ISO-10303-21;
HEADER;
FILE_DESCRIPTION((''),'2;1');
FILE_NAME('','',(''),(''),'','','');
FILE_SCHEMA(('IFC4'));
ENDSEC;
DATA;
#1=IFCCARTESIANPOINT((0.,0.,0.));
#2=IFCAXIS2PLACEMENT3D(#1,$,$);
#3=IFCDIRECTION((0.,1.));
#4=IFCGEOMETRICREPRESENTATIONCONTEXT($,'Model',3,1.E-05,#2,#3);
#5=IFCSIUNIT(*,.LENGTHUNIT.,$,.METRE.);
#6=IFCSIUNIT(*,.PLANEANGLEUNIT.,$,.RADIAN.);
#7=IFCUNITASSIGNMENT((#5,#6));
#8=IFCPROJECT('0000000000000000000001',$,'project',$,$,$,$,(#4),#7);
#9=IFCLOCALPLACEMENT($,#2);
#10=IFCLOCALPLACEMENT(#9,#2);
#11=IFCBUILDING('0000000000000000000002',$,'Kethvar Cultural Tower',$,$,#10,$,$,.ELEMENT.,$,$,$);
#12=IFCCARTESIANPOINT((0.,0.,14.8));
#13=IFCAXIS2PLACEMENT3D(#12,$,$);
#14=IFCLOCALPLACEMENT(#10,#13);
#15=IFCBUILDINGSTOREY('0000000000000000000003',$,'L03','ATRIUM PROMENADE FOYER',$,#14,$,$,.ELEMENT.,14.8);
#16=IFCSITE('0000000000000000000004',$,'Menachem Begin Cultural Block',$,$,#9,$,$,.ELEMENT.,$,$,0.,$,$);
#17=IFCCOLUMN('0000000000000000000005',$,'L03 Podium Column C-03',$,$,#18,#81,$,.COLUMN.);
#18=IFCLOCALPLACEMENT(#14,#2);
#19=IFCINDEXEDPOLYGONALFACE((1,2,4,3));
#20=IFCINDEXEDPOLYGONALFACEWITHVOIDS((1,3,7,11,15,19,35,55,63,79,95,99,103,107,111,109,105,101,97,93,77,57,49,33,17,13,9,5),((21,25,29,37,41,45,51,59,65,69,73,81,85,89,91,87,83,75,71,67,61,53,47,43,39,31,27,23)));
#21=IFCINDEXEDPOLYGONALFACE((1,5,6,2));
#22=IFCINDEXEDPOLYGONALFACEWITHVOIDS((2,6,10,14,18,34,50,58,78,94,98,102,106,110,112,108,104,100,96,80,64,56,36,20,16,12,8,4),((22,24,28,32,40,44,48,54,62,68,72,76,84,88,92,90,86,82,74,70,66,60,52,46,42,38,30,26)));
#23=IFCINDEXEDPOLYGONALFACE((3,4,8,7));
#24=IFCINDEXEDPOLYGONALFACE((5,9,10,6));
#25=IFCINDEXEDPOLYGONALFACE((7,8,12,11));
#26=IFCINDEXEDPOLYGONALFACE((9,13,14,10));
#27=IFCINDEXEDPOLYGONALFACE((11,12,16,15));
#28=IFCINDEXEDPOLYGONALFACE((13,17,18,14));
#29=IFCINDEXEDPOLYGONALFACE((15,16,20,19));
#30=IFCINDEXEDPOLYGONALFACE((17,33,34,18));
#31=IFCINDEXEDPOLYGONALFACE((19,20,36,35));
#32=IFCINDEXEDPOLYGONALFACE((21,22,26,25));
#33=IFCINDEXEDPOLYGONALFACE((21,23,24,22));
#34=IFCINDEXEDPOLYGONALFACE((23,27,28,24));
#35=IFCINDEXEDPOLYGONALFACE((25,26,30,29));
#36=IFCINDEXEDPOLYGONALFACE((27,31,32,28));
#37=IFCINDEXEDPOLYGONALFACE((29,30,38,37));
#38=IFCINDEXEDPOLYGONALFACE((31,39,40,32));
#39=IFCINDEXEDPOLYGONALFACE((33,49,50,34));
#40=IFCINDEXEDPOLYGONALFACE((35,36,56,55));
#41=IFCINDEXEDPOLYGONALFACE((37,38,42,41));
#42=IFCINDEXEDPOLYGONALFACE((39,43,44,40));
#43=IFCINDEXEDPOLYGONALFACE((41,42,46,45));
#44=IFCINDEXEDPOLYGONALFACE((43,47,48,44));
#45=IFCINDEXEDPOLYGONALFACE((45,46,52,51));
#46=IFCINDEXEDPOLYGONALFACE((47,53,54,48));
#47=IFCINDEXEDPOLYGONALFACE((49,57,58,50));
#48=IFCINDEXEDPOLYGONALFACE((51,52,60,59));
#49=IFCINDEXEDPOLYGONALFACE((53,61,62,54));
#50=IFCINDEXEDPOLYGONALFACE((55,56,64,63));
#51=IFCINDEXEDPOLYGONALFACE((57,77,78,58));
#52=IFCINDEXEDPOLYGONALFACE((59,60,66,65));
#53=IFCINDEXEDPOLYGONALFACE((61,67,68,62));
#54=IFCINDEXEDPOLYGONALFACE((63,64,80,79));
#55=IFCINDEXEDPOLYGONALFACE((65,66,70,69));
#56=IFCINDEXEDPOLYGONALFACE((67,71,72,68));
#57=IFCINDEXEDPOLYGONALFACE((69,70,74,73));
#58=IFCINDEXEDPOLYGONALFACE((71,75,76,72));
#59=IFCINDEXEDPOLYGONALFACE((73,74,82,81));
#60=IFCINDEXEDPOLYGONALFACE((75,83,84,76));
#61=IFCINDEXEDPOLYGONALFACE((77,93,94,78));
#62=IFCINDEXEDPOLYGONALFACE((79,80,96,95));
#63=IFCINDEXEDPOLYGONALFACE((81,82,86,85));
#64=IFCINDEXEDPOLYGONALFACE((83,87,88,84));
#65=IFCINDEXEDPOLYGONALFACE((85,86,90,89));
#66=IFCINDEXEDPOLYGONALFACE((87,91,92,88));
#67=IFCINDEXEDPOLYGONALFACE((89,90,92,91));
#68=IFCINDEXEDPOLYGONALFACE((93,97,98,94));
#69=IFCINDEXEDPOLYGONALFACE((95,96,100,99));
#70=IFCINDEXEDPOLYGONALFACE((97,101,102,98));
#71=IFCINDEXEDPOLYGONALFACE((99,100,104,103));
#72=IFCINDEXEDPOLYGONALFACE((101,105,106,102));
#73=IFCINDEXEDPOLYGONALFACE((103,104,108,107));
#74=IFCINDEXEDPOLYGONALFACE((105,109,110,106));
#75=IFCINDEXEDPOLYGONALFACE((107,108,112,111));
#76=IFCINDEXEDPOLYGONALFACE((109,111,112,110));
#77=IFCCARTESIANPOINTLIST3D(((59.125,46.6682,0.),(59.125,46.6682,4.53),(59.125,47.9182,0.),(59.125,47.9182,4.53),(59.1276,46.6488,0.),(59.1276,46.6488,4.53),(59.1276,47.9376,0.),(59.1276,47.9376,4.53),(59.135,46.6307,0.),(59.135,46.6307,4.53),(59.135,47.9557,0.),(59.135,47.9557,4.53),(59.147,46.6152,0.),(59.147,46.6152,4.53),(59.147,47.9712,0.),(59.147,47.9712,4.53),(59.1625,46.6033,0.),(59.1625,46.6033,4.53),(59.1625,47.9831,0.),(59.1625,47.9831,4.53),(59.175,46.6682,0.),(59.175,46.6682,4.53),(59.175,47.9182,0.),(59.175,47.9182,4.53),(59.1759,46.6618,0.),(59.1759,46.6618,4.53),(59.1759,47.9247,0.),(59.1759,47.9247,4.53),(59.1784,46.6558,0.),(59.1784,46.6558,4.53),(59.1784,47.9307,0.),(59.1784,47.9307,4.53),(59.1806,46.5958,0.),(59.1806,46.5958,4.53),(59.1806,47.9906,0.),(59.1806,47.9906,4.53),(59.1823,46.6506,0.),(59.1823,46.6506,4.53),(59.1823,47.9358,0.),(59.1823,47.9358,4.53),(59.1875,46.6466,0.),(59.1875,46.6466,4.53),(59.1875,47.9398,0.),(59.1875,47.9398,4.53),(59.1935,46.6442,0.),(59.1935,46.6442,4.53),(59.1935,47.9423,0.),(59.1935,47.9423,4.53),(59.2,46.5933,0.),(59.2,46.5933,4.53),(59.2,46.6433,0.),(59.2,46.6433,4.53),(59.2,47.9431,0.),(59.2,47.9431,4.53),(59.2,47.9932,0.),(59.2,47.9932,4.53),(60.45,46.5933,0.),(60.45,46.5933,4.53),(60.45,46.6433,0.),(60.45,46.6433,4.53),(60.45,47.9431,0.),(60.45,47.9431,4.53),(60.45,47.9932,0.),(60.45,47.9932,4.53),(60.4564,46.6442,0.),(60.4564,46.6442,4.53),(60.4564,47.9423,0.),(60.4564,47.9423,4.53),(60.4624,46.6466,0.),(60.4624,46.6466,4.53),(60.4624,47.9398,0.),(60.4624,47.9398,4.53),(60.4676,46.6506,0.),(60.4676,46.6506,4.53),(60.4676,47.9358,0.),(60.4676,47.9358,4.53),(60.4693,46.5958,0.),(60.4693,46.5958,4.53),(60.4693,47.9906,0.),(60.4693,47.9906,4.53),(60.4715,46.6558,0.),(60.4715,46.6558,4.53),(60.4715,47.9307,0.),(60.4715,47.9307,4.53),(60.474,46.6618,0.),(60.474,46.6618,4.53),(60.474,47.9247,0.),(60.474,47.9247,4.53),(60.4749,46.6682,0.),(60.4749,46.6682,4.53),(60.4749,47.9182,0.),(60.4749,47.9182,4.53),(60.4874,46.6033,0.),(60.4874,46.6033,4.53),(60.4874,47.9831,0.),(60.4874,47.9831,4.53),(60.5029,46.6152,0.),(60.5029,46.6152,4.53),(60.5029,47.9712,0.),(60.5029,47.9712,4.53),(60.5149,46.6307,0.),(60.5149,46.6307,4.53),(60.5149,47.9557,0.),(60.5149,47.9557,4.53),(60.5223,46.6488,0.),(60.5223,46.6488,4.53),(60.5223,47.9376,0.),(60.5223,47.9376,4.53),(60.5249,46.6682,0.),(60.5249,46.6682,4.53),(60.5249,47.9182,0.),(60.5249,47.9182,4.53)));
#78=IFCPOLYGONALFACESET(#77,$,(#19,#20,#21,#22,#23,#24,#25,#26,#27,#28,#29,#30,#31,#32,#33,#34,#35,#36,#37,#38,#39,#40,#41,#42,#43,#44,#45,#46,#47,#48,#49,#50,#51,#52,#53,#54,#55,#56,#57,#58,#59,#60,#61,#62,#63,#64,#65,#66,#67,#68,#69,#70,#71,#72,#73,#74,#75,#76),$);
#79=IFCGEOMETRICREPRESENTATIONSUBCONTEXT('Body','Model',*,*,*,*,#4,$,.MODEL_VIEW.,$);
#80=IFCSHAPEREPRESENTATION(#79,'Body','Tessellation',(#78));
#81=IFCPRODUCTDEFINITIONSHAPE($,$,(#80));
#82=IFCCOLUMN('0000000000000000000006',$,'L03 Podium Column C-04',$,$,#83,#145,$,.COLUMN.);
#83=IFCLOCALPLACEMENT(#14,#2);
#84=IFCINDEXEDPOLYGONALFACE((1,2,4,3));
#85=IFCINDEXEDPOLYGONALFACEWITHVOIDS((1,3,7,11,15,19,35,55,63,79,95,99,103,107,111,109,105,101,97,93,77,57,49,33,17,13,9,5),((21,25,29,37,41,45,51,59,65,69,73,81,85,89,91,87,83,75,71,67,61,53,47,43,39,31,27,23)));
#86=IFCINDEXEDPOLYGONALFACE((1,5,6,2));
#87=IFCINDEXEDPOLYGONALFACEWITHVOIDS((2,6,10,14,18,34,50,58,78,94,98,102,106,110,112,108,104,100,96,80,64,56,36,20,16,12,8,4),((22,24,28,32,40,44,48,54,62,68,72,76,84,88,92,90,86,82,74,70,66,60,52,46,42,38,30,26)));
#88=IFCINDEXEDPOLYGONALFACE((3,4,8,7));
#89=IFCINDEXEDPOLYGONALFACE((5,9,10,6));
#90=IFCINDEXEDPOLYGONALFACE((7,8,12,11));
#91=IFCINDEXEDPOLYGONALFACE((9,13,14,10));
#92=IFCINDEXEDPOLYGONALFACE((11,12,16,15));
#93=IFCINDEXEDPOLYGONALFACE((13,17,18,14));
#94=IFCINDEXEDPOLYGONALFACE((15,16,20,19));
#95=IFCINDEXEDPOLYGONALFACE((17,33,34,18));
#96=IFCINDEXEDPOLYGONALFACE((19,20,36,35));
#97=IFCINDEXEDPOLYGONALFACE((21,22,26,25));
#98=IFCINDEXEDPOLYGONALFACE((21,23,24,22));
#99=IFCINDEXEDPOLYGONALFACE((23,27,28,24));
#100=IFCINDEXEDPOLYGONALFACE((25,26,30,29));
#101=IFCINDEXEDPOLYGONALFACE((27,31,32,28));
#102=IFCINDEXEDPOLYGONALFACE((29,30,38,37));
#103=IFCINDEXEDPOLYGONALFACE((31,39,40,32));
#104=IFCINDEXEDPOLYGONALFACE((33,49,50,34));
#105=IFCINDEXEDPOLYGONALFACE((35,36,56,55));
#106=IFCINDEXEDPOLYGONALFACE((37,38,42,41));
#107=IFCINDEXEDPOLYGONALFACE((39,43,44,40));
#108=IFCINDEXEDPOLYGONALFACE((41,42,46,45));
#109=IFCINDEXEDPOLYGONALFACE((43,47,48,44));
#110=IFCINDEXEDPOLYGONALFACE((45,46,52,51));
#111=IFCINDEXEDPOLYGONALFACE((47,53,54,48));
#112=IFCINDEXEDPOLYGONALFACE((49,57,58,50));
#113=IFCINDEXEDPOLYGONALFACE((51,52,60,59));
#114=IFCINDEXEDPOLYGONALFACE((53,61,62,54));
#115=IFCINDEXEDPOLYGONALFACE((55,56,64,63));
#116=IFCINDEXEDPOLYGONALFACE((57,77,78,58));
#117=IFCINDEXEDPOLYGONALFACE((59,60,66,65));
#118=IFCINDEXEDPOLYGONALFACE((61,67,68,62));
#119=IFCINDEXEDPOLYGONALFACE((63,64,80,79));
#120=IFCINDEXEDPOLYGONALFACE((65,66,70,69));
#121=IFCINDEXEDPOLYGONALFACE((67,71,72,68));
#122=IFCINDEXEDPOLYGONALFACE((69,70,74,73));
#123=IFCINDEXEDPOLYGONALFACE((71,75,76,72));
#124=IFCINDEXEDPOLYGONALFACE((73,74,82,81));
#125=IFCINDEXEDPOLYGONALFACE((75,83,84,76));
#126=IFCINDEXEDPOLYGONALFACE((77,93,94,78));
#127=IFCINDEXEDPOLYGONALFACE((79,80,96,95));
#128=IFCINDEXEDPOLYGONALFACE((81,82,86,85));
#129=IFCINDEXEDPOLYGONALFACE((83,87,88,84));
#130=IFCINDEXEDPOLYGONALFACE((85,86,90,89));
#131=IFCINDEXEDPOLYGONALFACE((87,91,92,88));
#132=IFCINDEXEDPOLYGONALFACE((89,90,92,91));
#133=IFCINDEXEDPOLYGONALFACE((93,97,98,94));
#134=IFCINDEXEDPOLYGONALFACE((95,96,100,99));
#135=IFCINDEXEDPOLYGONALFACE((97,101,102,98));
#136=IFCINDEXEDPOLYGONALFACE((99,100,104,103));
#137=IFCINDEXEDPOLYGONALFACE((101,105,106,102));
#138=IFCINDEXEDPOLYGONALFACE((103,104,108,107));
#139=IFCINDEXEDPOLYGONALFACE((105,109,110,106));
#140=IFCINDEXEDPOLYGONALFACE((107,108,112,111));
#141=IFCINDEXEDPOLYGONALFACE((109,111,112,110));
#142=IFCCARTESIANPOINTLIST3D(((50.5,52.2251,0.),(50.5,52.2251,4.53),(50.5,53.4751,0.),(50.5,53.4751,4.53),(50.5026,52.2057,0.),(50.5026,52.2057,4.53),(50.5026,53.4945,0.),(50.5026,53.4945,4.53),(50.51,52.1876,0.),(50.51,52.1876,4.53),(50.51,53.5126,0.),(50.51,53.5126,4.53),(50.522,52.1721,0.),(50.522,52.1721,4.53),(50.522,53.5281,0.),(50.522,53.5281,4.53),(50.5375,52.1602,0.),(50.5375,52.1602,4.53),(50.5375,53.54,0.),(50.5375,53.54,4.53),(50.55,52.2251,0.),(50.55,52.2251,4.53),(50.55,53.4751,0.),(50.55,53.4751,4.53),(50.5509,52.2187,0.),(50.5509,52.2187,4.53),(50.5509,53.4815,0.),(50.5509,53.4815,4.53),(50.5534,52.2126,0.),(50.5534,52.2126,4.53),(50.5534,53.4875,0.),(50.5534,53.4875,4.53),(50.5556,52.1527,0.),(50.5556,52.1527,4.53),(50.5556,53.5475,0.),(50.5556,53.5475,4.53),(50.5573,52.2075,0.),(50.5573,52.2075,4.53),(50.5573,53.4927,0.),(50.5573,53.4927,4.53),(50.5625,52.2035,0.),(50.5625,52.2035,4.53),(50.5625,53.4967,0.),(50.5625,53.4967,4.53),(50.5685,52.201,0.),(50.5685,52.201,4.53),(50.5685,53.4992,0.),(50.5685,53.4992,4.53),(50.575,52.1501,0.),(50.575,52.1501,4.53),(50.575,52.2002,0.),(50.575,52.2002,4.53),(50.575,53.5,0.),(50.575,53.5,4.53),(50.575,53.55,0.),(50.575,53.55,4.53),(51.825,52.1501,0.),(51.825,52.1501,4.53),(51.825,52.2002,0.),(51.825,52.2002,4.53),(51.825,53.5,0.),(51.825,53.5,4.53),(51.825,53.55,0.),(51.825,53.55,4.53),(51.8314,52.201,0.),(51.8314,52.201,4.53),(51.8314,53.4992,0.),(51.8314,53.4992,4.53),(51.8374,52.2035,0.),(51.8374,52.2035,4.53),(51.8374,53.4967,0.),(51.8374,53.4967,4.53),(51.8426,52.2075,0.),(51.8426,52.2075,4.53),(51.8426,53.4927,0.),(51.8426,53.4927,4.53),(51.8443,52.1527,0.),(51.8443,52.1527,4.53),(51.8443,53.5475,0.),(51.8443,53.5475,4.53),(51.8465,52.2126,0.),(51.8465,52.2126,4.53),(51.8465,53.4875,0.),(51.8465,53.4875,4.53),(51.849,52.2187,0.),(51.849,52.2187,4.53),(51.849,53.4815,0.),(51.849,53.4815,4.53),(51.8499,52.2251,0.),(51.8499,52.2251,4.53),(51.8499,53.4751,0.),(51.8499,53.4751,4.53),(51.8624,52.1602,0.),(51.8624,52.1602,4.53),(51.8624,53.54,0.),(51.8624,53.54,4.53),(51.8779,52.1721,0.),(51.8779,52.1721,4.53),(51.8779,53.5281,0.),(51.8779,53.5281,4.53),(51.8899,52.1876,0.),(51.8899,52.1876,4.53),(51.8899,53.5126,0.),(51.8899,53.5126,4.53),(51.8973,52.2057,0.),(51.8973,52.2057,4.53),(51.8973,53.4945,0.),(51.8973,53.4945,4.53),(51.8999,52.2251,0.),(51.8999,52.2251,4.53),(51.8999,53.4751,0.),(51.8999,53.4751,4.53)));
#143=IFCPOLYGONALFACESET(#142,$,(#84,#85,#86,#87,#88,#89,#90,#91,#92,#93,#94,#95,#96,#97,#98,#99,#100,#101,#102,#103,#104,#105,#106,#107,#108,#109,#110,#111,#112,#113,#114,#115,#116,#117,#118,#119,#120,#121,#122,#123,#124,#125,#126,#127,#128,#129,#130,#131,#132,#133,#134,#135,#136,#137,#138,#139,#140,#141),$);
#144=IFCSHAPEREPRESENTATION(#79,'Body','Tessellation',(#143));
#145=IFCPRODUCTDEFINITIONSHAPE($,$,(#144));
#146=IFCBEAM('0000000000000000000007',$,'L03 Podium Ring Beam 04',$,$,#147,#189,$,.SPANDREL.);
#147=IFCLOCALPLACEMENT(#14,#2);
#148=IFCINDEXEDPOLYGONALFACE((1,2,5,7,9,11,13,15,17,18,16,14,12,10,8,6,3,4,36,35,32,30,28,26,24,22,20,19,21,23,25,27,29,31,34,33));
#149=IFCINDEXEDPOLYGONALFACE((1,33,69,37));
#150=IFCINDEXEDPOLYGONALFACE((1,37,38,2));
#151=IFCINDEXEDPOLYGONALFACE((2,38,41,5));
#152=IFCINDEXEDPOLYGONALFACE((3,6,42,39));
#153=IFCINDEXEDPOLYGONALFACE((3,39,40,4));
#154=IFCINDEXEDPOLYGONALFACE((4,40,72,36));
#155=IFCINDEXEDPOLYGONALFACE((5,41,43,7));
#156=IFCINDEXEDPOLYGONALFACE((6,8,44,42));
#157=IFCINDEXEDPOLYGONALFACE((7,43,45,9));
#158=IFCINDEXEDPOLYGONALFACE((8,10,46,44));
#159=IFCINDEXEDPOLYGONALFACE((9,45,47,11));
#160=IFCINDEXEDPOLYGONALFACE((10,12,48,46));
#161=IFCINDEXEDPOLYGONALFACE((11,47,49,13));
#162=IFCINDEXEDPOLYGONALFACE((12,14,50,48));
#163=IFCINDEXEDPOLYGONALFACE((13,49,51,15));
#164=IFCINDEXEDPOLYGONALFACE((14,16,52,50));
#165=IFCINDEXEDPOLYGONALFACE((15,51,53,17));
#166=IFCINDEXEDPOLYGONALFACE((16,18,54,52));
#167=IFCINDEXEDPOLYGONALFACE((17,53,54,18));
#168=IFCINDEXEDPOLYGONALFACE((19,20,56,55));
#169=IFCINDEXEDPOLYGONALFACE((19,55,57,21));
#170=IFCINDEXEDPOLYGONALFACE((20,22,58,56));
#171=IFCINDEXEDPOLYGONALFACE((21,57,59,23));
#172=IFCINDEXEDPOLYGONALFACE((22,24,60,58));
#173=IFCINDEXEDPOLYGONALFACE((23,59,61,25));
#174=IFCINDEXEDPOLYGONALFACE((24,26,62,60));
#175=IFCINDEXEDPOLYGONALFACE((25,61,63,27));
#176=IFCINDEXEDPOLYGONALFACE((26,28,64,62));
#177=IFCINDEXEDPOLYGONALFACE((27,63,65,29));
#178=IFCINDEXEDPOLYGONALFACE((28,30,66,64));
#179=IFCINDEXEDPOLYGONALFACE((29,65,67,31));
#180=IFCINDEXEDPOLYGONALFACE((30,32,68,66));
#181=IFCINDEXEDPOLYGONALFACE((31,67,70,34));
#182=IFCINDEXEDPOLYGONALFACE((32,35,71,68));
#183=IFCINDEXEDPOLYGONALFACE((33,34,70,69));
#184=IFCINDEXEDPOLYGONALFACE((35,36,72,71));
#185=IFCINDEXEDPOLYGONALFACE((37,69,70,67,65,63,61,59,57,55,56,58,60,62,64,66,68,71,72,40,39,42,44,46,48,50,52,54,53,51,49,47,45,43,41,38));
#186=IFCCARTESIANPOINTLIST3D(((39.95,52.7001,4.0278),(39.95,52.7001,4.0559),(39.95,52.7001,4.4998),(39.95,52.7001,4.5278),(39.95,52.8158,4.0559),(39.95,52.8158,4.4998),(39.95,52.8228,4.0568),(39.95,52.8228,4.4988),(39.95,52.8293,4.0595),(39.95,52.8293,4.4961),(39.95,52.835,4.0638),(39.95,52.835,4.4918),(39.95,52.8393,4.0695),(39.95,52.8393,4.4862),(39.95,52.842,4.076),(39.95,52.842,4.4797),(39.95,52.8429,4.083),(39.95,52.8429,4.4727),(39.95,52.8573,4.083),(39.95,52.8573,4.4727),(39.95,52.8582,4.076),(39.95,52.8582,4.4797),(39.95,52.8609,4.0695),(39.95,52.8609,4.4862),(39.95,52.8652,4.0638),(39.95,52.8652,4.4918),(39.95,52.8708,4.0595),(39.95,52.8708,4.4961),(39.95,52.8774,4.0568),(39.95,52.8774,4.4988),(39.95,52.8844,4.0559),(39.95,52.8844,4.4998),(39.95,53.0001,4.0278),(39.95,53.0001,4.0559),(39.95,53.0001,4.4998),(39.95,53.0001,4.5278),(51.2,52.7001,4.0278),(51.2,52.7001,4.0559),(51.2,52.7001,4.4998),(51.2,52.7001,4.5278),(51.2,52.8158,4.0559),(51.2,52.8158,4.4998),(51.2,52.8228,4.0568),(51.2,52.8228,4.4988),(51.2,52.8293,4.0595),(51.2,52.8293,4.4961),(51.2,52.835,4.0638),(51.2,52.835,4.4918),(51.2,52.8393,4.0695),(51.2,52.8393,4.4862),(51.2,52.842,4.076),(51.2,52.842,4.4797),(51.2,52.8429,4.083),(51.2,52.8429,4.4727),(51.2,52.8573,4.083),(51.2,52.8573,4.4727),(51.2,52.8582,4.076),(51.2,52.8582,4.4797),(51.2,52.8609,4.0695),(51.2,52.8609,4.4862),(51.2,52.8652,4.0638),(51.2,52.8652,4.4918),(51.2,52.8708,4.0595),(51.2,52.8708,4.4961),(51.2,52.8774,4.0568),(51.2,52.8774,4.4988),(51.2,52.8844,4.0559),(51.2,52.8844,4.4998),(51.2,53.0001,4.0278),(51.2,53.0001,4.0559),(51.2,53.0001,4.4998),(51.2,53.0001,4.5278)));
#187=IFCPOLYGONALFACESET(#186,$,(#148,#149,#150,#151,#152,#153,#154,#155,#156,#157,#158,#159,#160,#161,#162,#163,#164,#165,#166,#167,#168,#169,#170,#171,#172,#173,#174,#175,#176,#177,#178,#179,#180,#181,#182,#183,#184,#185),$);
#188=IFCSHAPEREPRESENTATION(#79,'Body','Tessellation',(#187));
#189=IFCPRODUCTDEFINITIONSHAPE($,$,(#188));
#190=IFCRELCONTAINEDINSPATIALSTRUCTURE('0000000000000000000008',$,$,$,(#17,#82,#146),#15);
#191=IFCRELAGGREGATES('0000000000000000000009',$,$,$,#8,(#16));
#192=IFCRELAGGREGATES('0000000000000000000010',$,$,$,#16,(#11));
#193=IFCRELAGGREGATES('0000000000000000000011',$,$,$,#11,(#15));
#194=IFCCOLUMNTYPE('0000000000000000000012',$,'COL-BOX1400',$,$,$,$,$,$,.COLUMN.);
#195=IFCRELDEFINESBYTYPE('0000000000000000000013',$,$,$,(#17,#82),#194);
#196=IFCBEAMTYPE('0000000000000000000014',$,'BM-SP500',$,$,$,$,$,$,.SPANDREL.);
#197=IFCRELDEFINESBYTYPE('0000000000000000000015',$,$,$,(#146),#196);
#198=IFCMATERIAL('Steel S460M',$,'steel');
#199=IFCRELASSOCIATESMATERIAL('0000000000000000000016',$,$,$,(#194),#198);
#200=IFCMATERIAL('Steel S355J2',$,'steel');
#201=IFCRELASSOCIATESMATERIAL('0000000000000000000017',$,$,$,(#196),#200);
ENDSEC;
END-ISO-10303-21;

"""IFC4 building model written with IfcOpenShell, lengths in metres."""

from ifc_helpers import new_model, si_unit, direction, frame, origin, origin_2d, place, context, subcontext, project, spatial, hollow_rectangle, i_section, extrude, source, transform, mapped, material, material_profile, profile_set, type_object, element, save


model = new_model("IFC4")

# Units and contexts
model_context = context("Model", 3, precision=1e-05, world=origin(), true_north=direction((0.0, 1.0)))
body_context = subcontext(model_context, "Body", "Model", "MODEL_VIEW")
ifc_project = project(units=[si_unit("LENGTHUNIT", "METRE"), si_unit("PLANEANGLEUNIT", "RADIAN")], contexts=[model_context])

# Site, building, storey
site_placement = place(None, origin())
site = spatial("IfcSite", under=ifc_project, at=site_placement, Name="Menachem Begin Cultural Block", CompositionType="ELEMENT", RefElevation=0.0)
building_placement = place(site_placement, origin())
building = spatial("IfcBuilding", under=site, at=building_placement, Name="Kethvar Cultural Tower", CompositionType="ELEMENT")
storey_placement = place(building_placement, frame((0.0, 0.0, 14.8)))
storey = spatial("IfcBuildingStorey", under=building, at=storey_placement, Name="L03", Description="ATRIUM PROMENADE FOYER", CompositionType="ELEMENT", Elevation=14.8)

# Columns
ifc_material_1 = material(Name="Steel S460M", Category="steel")
ifc_material_profile_1 = material_profile(ifc_material_1, hollow_rectangle(XDim=1.3999, YDim=1.3999, WallThickness=0.05, InnerFilletRadius=0.0249, OuterFilletRadius=0.075, at=origin_2d()), Name="Steel S460M — BOX1400x1400x50")
ifc_profile_set_1 = profile_set([ifc_material_profile_1], Name="Steel S460M — BOX1400x1400x50")
column_type = type_object("IfcColumnType", Name="COL-BOX1400", PredefinedType="COLUMN", material=ifc_profile_set_1)
shared_shape_1 = source(origin(), body_context, "Body", "SweptSolid", [
    extrude(hollow_rectangle(XDim=1.3999, YDim=1.3999, WallThickness=0.05, InnerFilletRadius=0.0249, OuterFilletRadius=0.075, at=origin_2d()), origin(), (0.0, 0.0, 1.0), 4.53),
])
for number, where, z_axis, x_axis, name in (
    (1, (59.825, 47.2932, 0.0), (0.0, 0.0, 1.0), (1.0, 0.0, 0.0), "L03 Podium Column C-03"),
    (2, (51.2, 52.8501, 0.0), (0.0, 0.0, 1.0), (1.0, 0.0, 0.0), "L03 Podium Column C-04"),
):
    element("IfcColumn", number, at=place(storey_placement, frame(where, z_axis=z_axis, x_axis=x_axis)), inside=storey, type_object=column_type, Name=name, PredefinedType="COLUMN", context=body_context, shape_type="MappedRepresentation", body=[
        mapped(shared_shape_1, transform((0.0, 0.0, 0.0), scale=1.0)),
    ])

# Beam
ifc_material_2 = material(Name="Steel S355J2", Category="steel")
ifc_material_profile_2 = material_profile(ifc_material_2, i_section(OverallWidth=0.3, OverallDepth=0.5, WebThickness=0.0144, FlangeThickness=0.0281, FilletRadius=0.0271, at=origin_2d()), Name="Steel S355J2 — HEB500")
ifc_profile_set_2 = profile_set([ifc_material_profile_2], Name="Steel S355J2 — HEB500")
beam_type_1 = type_object("IfcBeamType", Name="BM-SP500", PredefinedType="SPANDREL", material=ifc_profile_set_2)
shared_shape_2 = source(origin(), body_context, "Body", "SweptSolid", [
    extrude(i_section(OverallWidth=0.3, OverallDepth=0.5, WebThickness=0.0144, FlangeThickness=0.0281, FilletRadius=0.0271, at=origin_2d()), origin(), (0.0, 0.0, 1.0), 11.25),
])
beam_1_placement = place(storey_placement, frame((51.2, 52.8501, 4.2778), z_axis=(-1.0, 0.0, 0.0), x_axis=(0.0, -1.0, 0.0)))
element("IfcBeam", 3, at=beam_1_placement, inside=storey, type_object=beam_type_1, Name="L03 Podium Ring Beam 04", PredefinedType="SPANDREL", context=body_context, shape_type="MappedRepresentation", body=[
    mapped(shared_shape_2, transform((0.0, 0.0, 0.0), scale=1.0)),
])

save(model, "model.ifc")
